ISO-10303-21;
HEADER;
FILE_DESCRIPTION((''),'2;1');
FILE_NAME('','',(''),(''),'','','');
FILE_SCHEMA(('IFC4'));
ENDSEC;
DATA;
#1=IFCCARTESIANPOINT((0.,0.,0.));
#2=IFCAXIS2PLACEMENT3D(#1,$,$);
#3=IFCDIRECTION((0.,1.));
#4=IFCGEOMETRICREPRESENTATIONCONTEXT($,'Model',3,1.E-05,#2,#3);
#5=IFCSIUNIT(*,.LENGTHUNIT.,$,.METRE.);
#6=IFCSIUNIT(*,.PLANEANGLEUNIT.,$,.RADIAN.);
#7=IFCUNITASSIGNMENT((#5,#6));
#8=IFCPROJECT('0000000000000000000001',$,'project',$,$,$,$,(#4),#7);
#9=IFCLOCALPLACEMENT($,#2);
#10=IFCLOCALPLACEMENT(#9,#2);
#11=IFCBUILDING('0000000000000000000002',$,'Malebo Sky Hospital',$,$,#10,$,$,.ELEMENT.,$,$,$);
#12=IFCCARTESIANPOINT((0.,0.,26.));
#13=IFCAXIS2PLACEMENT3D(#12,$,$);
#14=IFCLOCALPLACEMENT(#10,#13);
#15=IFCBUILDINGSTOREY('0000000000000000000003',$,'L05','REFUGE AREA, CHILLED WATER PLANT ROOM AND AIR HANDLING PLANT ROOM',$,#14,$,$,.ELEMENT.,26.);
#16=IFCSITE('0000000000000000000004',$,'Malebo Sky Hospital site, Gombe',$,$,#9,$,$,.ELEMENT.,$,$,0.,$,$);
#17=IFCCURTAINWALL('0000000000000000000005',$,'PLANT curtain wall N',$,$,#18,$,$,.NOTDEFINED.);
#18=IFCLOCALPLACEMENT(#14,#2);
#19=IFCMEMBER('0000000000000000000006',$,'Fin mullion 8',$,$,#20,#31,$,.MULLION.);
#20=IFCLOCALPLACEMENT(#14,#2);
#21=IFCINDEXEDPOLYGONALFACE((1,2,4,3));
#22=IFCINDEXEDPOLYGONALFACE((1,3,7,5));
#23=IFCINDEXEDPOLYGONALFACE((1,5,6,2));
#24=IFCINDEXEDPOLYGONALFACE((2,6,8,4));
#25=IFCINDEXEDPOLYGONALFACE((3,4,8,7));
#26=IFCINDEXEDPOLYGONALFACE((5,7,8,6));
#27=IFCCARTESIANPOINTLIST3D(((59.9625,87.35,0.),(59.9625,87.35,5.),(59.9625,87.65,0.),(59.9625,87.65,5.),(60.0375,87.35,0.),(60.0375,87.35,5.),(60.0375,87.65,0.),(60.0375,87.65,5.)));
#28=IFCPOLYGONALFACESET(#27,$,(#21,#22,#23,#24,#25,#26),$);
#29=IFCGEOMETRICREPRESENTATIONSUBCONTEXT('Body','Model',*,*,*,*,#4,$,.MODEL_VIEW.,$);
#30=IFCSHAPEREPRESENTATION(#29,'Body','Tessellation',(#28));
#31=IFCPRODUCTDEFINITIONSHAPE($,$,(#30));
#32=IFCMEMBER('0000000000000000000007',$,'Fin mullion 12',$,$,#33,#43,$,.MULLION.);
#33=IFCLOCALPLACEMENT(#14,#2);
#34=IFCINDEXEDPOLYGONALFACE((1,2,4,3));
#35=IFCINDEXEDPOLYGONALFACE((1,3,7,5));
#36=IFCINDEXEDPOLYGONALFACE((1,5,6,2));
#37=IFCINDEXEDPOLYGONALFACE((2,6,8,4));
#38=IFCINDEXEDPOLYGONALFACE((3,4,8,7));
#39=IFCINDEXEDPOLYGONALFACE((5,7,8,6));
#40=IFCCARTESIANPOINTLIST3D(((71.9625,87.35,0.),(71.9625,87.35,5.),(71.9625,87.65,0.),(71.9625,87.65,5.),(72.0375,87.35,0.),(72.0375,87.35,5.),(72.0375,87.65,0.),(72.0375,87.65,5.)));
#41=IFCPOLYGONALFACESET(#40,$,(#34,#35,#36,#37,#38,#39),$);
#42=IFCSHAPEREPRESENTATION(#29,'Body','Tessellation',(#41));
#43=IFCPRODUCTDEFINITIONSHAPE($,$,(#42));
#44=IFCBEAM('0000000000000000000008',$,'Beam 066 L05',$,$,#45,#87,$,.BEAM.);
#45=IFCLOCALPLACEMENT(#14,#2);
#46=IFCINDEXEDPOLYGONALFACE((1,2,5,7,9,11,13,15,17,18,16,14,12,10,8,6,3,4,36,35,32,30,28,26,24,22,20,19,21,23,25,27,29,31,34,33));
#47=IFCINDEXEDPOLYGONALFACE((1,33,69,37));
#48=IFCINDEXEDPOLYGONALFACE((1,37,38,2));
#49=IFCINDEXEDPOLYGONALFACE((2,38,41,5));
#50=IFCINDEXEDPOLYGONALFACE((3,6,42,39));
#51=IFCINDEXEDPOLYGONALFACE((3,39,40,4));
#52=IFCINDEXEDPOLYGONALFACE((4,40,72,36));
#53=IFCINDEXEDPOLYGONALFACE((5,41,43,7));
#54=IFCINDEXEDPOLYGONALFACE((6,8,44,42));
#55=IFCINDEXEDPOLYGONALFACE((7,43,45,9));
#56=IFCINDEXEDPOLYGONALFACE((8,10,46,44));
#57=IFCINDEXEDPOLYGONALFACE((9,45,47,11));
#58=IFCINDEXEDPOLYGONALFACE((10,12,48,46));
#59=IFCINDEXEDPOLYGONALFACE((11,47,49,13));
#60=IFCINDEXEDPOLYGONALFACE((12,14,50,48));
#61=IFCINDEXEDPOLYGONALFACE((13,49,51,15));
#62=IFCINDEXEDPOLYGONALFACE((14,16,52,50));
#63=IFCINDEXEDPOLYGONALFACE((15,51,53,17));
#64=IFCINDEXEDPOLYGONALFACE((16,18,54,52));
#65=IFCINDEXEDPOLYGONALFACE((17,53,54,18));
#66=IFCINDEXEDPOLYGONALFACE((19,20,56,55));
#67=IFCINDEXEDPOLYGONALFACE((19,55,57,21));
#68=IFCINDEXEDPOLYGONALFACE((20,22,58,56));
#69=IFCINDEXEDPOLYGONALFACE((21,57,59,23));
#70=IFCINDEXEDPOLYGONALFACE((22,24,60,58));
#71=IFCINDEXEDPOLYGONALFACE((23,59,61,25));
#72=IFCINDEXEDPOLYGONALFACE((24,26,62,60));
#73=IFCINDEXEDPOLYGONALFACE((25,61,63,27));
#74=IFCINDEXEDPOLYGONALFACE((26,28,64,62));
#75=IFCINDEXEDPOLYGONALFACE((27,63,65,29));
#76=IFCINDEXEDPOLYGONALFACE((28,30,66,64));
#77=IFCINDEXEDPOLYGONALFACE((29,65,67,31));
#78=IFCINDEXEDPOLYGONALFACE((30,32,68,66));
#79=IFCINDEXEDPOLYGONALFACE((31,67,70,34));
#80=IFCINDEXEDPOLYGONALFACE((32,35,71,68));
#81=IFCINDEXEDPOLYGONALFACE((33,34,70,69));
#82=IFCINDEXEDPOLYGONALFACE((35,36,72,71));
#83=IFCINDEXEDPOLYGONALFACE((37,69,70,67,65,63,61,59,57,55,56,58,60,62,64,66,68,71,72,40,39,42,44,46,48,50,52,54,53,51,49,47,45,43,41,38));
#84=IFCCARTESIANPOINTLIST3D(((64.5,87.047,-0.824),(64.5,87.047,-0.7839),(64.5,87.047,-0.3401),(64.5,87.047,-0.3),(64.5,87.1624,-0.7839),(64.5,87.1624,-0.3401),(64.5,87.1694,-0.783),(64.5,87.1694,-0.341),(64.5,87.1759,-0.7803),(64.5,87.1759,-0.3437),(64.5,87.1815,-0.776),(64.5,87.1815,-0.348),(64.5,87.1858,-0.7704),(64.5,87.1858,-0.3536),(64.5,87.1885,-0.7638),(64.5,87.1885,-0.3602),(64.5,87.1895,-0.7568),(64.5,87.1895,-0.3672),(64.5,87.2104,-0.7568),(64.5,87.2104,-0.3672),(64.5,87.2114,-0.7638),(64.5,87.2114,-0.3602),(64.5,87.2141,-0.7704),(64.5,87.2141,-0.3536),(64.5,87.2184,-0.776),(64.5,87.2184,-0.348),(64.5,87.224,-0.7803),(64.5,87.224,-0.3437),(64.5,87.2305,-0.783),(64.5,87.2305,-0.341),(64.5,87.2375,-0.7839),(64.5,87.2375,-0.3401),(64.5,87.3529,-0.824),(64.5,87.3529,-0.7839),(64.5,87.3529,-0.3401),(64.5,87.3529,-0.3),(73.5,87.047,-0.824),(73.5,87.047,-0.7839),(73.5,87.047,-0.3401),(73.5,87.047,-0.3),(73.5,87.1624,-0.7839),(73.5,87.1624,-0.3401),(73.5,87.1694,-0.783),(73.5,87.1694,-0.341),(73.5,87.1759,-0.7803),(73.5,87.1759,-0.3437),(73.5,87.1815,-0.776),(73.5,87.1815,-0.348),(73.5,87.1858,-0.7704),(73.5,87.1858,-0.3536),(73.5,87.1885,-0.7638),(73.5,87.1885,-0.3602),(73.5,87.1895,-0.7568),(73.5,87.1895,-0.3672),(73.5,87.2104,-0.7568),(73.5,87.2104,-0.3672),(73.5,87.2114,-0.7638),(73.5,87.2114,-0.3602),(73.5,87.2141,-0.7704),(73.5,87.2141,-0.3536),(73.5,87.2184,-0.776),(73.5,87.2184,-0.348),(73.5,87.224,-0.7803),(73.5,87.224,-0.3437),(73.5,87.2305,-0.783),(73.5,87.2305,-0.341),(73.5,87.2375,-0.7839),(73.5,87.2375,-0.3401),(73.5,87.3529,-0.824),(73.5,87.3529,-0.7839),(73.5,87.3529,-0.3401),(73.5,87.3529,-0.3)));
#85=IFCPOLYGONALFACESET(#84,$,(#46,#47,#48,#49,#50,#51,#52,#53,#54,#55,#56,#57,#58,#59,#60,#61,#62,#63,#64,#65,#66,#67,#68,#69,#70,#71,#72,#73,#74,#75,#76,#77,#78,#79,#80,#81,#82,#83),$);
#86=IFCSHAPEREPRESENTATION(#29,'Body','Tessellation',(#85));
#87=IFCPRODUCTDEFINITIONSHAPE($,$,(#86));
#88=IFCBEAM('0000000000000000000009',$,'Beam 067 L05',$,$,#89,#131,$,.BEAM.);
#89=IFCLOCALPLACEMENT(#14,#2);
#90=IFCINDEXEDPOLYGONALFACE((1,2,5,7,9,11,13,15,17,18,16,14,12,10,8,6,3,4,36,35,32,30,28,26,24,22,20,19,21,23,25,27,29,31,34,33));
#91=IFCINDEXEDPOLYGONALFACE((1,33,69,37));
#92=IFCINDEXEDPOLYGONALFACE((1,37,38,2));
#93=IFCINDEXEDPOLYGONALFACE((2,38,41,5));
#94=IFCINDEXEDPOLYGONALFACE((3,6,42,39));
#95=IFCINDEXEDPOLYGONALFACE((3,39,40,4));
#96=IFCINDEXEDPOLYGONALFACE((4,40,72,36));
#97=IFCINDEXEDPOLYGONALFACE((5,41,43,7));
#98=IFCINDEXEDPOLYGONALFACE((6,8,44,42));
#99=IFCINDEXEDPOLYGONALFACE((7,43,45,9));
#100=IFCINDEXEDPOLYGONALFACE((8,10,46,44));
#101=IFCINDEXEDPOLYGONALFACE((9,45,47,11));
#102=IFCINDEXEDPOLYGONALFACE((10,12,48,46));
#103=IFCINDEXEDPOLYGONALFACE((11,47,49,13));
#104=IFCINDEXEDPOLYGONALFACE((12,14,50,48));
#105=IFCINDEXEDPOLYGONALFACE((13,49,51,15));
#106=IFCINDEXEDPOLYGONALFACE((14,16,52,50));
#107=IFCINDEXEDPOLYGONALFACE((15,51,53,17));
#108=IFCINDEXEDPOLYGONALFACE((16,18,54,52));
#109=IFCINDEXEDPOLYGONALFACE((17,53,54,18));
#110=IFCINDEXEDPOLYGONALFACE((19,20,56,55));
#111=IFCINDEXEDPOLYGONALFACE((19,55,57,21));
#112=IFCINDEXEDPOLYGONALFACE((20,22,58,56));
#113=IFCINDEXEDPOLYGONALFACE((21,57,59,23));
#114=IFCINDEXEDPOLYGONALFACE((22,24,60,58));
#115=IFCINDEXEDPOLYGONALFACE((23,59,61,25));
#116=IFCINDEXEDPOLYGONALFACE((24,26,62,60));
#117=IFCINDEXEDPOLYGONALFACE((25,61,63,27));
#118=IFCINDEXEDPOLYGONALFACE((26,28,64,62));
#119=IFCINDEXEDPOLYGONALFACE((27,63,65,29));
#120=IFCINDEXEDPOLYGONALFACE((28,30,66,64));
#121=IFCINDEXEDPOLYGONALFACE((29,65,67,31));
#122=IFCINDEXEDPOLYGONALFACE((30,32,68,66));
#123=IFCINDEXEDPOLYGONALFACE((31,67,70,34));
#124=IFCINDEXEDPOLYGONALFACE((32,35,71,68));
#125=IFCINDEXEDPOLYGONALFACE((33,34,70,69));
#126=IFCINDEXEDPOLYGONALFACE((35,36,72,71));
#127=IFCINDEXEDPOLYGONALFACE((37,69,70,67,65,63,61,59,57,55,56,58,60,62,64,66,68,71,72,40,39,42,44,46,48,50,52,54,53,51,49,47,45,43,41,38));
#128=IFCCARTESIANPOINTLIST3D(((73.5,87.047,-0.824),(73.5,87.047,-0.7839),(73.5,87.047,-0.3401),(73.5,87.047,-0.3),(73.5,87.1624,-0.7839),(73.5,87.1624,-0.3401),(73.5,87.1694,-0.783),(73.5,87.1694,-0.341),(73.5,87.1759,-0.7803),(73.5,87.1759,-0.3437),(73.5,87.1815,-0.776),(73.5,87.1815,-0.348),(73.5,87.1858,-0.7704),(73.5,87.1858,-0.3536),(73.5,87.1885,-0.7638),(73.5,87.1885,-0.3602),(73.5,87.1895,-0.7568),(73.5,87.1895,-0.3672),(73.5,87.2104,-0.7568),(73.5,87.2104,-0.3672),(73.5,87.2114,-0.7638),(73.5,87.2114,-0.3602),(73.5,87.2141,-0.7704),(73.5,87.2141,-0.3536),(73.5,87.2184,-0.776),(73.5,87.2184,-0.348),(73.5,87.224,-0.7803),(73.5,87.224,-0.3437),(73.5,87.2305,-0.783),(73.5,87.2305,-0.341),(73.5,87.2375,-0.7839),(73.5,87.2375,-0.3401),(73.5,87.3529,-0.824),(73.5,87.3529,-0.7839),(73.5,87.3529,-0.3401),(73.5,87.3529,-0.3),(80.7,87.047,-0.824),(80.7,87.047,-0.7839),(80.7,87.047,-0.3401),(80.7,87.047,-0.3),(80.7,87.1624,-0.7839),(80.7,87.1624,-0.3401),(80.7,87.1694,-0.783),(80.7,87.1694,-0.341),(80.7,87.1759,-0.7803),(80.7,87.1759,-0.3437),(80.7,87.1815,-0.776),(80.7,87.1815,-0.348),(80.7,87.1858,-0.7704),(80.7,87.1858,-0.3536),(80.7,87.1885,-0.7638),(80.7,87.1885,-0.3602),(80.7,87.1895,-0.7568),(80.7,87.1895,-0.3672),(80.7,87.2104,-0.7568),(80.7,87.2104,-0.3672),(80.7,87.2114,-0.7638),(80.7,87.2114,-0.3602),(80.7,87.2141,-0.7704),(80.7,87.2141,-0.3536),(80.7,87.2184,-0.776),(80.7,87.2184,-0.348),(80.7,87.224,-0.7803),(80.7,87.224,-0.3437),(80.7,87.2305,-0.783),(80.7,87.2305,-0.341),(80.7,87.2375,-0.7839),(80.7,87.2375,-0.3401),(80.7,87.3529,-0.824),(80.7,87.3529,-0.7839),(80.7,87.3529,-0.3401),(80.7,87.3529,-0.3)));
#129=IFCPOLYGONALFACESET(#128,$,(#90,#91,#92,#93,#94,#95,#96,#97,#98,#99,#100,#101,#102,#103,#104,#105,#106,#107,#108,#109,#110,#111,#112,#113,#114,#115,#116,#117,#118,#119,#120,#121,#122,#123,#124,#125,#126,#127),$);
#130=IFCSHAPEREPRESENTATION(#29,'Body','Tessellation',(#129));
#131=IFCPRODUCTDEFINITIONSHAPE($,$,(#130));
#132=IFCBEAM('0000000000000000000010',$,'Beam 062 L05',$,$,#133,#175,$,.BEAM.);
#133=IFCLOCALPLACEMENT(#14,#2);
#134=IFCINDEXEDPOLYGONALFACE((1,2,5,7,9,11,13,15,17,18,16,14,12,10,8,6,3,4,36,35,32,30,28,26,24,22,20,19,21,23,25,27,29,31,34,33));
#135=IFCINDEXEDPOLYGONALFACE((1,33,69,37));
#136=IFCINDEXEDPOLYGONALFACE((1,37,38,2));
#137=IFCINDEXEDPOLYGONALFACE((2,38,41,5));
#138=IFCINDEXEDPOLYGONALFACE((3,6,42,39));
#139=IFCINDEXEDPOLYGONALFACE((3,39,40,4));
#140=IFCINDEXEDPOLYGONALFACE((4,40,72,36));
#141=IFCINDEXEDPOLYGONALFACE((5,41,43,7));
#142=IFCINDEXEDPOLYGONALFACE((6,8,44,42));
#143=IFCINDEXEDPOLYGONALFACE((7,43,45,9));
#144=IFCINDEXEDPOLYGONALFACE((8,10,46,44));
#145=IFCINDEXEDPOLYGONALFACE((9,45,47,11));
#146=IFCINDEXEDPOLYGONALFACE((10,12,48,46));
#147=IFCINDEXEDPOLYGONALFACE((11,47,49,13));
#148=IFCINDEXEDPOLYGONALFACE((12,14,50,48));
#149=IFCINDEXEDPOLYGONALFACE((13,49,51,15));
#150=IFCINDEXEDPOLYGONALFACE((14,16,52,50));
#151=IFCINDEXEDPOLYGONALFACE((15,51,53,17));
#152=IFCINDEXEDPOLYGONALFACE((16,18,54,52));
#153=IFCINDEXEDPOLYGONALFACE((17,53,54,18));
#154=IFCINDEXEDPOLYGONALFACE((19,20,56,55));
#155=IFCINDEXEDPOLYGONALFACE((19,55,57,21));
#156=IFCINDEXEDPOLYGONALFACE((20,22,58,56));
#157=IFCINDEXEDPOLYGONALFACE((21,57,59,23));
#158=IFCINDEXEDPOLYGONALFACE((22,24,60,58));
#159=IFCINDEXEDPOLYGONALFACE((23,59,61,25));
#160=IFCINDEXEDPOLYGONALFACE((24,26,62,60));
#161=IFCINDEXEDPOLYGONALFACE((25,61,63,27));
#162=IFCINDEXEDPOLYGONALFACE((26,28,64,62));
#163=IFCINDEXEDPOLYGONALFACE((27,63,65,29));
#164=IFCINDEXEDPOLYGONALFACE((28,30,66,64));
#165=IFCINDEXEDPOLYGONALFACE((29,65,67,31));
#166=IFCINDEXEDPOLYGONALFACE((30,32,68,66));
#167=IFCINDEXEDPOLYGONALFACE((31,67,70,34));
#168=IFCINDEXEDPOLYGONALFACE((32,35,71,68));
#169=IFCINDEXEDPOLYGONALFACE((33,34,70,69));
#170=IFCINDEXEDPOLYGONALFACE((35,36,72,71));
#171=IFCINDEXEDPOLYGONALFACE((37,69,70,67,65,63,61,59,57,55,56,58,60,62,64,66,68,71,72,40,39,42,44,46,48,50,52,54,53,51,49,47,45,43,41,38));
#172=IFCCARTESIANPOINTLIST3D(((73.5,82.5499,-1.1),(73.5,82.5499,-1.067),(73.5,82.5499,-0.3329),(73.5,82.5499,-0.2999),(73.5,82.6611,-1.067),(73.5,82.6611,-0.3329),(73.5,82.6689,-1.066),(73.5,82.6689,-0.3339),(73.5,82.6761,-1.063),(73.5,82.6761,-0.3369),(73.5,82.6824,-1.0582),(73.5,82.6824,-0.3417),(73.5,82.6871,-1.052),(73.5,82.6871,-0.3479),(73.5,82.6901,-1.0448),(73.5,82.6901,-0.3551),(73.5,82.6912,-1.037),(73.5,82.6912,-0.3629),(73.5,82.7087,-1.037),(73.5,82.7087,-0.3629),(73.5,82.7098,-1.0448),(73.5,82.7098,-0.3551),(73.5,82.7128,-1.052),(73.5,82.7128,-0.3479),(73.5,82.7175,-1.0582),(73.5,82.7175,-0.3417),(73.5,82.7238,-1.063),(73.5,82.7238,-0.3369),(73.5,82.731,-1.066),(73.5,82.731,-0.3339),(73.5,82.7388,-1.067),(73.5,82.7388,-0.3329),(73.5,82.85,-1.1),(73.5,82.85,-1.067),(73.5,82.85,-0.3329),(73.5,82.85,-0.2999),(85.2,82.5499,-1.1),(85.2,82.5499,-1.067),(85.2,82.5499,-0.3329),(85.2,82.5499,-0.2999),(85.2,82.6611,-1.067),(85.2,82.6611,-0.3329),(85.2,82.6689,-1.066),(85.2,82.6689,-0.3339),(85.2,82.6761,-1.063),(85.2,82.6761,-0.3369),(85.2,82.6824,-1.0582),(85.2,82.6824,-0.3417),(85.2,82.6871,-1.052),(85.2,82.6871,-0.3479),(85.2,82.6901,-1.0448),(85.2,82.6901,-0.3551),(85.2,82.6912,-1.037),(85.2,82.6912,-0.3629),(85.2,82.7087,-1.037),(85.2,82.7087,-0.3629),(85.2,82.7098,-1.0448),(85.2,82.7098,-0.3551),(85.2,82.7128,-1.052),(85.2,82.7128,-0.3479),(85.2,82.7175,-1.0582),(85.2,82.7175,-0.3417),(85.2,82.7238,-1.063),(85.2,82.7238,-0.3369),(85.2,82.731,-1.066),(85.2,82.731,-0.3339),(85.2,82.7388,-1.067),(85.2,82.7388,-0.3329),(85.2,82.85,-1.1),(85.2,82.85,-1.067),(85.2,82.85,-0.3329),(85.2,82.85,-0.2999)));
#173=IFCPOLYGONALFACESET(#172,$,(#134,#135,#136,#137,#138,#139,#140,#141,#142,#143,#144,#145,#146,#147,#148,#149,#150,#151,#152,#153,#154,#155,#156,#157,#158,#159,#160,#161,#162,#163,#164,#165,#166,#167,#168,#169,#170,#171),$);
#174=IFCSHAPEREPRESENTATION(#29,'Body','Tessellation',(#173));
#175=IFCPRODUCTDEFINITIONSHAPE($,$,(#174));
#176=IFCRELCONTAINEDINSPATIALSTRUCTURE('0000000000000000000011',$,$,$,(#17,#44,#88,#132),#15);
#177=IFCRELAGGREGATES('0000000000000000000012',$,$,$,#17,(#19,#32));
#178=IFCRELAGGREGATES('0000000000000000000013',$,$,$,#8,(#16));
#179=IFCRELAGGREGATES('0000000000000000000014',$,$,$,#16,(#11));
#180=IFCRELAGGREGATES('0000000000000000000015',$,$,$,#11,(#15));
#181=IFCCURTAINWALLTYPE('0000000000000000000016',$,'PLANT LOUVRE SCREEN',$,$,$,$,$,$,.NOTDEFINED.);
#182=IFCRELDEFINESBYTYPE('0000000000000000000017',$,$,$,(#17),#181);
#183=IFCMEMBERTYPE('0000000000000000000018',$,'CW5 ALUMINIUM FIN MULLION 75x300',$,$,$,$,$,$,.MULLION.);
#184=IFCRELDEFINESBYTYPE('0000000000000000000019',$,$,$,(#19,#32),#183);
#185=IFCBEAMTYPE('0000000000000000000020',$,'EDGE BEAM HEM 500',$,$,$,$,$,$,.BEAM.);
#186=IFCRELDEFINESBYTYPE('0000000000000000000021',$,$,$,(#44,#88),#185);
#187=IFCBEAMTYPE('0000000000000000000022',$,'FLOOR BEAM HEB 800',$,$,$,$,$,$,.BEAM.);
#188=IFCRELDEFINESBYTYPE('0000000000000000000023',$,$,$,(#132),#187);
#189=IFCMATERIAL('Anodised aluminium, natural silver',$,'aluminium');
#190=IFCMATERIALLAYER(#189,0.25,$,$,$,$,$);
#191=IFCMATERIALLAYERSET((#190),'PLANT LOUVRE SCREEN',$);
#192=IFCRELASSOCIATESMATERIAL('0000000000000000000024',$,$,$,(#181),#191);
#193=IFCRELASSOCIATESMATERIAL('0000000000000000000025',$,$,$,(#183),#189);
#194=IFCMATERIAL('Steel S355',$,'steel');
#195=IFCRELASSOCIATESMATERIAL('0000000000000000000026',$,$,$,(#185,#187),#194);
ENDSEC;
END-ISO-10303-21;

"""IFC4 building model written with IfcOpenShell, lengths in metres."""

from ifc_helpers import new_model, si_unit, direction, frame, origin, origin_2d, place, context, subcontext, project, spatial, rectangle, i_section, extrude, material, layer, layer_set, material_profile, profile_set, type_object, element, aggregate, save


model = new_model("IFC4")

# Units and contexts
model_context = context("Model", 3, precision=1e-05, world=origin(), true_north=direction((0.0, 1.0)))
body_context = subcontext(model_context, "Body", "Model", "MODEL_VIEW")
ifc_project = project(units=[si_unit("LENGTHUNIT", "METRE"), si_unit("PLANEANGLEUNIT", "RADIAN")], contexts=[model_context])

# Site, building, storey
site_placement = place(None, origin())
site = spatial("IfcSite", under=ifc_project, at=site_placement, Name="Malebo Sky Hospital site, Gombe", CompositionType="ELEMENT", RefElevation=0.0)
building_placement = place(site_placement, origin())
building = spatial("IfcBuilding", under=site, at=building_placement, Name="Malebo Sky Hospital", CompositionType="ELEMENT")
storey_placement = place(building_placement, frame((0.0, 0.0, 26.0)))
storey = spatial("IfcBuildingStorey", under=building, at=storey_placement, Name="L05", Description="REFUGE AREA, CHILLED WATER PLANT ROOM AND AIR HANDLING PLANT ROOM", CompositionType="ELEMENT", Elevation=26.0)

# Curtain wall, members
ifc_material_1 = material(Name="Anodised aluminium, natural silver", Category="aluminium")
ifc_layer_1 = layer(ifc_material_1, 0.25)
ifc_layer_set_1 = layer_set([ifc_layer_1], Name="PLANT LOUVRE SCREEN")
curtain_wall_type = type_object("IfcCurtainWallType", Name="PLANT LOUVRE SCREEN", PredefinedType="NOTDEFINED", material=ifc_layer_set_1)
curtain_wall_placement = place(storey_placement, origin())
curtain_wall = element("IfcCurtainWall", 1, at=curtain_wall_placement, inside=storey, type_object=curtain_wall_type, Name="PLANT curtain wall N", PredefinedType="NOTDEFINED")
ifc_material_profile_1 = material_profile(ifc_material_1, rectangle(XDim=0.075, YDim=0.3, at=origin_2d()), Name="CW5 ALUMINIUM FIN MULLION 75x300")
ifc_profile_set_1 = profile_set([ifc_material_profile_1], Name="Anodised aluminium, natural silver")
member_type_1 = type_object("IfcMemberType", Name="CW5 ALUMINIUM FIN MULLION 75x300", PredefinedType="MULLION", material=ifc_profile_set_1)
member_1_placement = place(storey_placement, frame((60.0, 87.5, 0.0), z_axis=(0.0, 0.0, 1.0), x_axis=(1.0, 0.0, 0.0)))
member_1 = element("IfcMember", 2, at=member_1_placement, type_object=member_type_1, Name="Fin mullion 8", PredefinedType="MULLION", context=body_context, shape_type="SweptSolid", body=[
    extrude(rectangle(XDim=0.075, YDim=0.3, at=origin_2d()), origin(), (0.0, 0.0, 1.0), 5.0),
])
member_2_placement = place(storey_placement, frame((72.0, 87.5, 0.0), z_axis=(0.0, 0.0, 1.0), x_axis=(1.0, 0.0, 0.0)))
member_2 = element("IfcMember", 3, at=member_2_placement, type_object=member_type_1, Name="Fin mullion 12", PredefinedType="MULLION", context=body_context, shape_type="SweptSolid", body=[
    extrude(rectangle(XDim=0.075, YDim=0.3, at=origin_2d()), origin(), (0.0, 0.0, 1.0), 5.0),
])

# Beams
ifc_material_2 = material(Name="Steel S355", Category="steel")
ifc_material_profile_2 = material_profile(ifc_material_2, i_section(OverallWidth=0.3059, OverallDepth=0.5239, WebThickness=0.021, FlangeThickness=0.04, FilletRadius=0.0271, at=origin_2d()), Name="HEM 500")
ifc_profile_set_2 = profile_set([ifc_material_profile_2], Name="Steel S355")
beam_type_1 = type_object("IfcBeamType", Name="EDGE BEAM HEM 500", PredefinedType="BEAM", material=ifc_profile_set_2)
beam_1_placement = place(storey_placement, frame((64.5, 87.2, -0.562), z_axis=(1.0, 0.0, 0.0), x_axis=(0.0, 1.0, 0.0)))
element("IfcBeam", 4, at=beam_1_placement, inside=storey, type_object=beam_type_1, Name="Beam 066 L05", PredefinedType="BEAM", context=body_context, shape_type="SweptSolid", body=[
    extrude(i_section(OverallWidth=0.3059, OverallDepth=0.5239, WebThickness=0.021, FlangeThickness=0.04, FilletRadius=0.0271, at=origin_2d()), origin(), (0.0, 0.0, 1.0), 9.0),
])
beam_2_placement = place(storey_placement, frame((73.5, 87.2, -0.562), z_axis=(1.0, 0.0, 0.0), x_axis=(0.0, 1.0, 0.0)))
element("IfcBeam", 5, at=beam_2_placement, inside=storey, type_object=beam_type_1, Name="Beam 067 L05", PredefinedType="BEAM", context=body_context, shape_type="SweptSolid", body=[
    extrude(i_section(OverallWidth=0.3059, OverallDepth=0.5239, WebThickness=0.021, FlangeThickness=0.04, FilletRadius=0.0271, at=origin_2d()), origin(), (0.0, 0.0, 1.0), 7.2),
])
ifc_material_profile_3 = material_profile(ifc_material_2, i_section(OverallWidth=0.3, OverallDepth=0.8, WebThickness=0.0176, FlangeThickness=0.033, FilletRadius=0.03, at=origin_2d()), Name="HEB 800")
ifc_profile_set_3 = profile_set([ifc_material_profile_3], Name="Steel S355")
beam_type_2 = type_object("IfcBeamType", Name="FLOOR BEAM HEB 800", PredefinedType="BEAM", material=ifc_profile_set_3)
beam_3_placement = place(storey_placement, frame((73.5, 82.7, -0.7), z_axis=(1.0, 0.0, 0.0), x_axis=(0.0, 1.0, 0.0)))
element("IfcBeam", 6, at=beam_3_placement, inside=storey, type_object=beam_type_2, Name="Beam 062 L05", PredefinedType="BEAM", context=body_context, shape_type="SweptSolid", body=[
    extrude(i_section(OverallWidth=0.3, OverallDepth=0.8, WebThickness=0.0176, FlangeThickness=0.033, FilletRadius=0.03, at=origin_2d()), origin(), (0.0, 0.0, 1.0), 11.7),
])

aggregate(curtain_wall, [member_1, member_2])

save(model, "model.ifc")
